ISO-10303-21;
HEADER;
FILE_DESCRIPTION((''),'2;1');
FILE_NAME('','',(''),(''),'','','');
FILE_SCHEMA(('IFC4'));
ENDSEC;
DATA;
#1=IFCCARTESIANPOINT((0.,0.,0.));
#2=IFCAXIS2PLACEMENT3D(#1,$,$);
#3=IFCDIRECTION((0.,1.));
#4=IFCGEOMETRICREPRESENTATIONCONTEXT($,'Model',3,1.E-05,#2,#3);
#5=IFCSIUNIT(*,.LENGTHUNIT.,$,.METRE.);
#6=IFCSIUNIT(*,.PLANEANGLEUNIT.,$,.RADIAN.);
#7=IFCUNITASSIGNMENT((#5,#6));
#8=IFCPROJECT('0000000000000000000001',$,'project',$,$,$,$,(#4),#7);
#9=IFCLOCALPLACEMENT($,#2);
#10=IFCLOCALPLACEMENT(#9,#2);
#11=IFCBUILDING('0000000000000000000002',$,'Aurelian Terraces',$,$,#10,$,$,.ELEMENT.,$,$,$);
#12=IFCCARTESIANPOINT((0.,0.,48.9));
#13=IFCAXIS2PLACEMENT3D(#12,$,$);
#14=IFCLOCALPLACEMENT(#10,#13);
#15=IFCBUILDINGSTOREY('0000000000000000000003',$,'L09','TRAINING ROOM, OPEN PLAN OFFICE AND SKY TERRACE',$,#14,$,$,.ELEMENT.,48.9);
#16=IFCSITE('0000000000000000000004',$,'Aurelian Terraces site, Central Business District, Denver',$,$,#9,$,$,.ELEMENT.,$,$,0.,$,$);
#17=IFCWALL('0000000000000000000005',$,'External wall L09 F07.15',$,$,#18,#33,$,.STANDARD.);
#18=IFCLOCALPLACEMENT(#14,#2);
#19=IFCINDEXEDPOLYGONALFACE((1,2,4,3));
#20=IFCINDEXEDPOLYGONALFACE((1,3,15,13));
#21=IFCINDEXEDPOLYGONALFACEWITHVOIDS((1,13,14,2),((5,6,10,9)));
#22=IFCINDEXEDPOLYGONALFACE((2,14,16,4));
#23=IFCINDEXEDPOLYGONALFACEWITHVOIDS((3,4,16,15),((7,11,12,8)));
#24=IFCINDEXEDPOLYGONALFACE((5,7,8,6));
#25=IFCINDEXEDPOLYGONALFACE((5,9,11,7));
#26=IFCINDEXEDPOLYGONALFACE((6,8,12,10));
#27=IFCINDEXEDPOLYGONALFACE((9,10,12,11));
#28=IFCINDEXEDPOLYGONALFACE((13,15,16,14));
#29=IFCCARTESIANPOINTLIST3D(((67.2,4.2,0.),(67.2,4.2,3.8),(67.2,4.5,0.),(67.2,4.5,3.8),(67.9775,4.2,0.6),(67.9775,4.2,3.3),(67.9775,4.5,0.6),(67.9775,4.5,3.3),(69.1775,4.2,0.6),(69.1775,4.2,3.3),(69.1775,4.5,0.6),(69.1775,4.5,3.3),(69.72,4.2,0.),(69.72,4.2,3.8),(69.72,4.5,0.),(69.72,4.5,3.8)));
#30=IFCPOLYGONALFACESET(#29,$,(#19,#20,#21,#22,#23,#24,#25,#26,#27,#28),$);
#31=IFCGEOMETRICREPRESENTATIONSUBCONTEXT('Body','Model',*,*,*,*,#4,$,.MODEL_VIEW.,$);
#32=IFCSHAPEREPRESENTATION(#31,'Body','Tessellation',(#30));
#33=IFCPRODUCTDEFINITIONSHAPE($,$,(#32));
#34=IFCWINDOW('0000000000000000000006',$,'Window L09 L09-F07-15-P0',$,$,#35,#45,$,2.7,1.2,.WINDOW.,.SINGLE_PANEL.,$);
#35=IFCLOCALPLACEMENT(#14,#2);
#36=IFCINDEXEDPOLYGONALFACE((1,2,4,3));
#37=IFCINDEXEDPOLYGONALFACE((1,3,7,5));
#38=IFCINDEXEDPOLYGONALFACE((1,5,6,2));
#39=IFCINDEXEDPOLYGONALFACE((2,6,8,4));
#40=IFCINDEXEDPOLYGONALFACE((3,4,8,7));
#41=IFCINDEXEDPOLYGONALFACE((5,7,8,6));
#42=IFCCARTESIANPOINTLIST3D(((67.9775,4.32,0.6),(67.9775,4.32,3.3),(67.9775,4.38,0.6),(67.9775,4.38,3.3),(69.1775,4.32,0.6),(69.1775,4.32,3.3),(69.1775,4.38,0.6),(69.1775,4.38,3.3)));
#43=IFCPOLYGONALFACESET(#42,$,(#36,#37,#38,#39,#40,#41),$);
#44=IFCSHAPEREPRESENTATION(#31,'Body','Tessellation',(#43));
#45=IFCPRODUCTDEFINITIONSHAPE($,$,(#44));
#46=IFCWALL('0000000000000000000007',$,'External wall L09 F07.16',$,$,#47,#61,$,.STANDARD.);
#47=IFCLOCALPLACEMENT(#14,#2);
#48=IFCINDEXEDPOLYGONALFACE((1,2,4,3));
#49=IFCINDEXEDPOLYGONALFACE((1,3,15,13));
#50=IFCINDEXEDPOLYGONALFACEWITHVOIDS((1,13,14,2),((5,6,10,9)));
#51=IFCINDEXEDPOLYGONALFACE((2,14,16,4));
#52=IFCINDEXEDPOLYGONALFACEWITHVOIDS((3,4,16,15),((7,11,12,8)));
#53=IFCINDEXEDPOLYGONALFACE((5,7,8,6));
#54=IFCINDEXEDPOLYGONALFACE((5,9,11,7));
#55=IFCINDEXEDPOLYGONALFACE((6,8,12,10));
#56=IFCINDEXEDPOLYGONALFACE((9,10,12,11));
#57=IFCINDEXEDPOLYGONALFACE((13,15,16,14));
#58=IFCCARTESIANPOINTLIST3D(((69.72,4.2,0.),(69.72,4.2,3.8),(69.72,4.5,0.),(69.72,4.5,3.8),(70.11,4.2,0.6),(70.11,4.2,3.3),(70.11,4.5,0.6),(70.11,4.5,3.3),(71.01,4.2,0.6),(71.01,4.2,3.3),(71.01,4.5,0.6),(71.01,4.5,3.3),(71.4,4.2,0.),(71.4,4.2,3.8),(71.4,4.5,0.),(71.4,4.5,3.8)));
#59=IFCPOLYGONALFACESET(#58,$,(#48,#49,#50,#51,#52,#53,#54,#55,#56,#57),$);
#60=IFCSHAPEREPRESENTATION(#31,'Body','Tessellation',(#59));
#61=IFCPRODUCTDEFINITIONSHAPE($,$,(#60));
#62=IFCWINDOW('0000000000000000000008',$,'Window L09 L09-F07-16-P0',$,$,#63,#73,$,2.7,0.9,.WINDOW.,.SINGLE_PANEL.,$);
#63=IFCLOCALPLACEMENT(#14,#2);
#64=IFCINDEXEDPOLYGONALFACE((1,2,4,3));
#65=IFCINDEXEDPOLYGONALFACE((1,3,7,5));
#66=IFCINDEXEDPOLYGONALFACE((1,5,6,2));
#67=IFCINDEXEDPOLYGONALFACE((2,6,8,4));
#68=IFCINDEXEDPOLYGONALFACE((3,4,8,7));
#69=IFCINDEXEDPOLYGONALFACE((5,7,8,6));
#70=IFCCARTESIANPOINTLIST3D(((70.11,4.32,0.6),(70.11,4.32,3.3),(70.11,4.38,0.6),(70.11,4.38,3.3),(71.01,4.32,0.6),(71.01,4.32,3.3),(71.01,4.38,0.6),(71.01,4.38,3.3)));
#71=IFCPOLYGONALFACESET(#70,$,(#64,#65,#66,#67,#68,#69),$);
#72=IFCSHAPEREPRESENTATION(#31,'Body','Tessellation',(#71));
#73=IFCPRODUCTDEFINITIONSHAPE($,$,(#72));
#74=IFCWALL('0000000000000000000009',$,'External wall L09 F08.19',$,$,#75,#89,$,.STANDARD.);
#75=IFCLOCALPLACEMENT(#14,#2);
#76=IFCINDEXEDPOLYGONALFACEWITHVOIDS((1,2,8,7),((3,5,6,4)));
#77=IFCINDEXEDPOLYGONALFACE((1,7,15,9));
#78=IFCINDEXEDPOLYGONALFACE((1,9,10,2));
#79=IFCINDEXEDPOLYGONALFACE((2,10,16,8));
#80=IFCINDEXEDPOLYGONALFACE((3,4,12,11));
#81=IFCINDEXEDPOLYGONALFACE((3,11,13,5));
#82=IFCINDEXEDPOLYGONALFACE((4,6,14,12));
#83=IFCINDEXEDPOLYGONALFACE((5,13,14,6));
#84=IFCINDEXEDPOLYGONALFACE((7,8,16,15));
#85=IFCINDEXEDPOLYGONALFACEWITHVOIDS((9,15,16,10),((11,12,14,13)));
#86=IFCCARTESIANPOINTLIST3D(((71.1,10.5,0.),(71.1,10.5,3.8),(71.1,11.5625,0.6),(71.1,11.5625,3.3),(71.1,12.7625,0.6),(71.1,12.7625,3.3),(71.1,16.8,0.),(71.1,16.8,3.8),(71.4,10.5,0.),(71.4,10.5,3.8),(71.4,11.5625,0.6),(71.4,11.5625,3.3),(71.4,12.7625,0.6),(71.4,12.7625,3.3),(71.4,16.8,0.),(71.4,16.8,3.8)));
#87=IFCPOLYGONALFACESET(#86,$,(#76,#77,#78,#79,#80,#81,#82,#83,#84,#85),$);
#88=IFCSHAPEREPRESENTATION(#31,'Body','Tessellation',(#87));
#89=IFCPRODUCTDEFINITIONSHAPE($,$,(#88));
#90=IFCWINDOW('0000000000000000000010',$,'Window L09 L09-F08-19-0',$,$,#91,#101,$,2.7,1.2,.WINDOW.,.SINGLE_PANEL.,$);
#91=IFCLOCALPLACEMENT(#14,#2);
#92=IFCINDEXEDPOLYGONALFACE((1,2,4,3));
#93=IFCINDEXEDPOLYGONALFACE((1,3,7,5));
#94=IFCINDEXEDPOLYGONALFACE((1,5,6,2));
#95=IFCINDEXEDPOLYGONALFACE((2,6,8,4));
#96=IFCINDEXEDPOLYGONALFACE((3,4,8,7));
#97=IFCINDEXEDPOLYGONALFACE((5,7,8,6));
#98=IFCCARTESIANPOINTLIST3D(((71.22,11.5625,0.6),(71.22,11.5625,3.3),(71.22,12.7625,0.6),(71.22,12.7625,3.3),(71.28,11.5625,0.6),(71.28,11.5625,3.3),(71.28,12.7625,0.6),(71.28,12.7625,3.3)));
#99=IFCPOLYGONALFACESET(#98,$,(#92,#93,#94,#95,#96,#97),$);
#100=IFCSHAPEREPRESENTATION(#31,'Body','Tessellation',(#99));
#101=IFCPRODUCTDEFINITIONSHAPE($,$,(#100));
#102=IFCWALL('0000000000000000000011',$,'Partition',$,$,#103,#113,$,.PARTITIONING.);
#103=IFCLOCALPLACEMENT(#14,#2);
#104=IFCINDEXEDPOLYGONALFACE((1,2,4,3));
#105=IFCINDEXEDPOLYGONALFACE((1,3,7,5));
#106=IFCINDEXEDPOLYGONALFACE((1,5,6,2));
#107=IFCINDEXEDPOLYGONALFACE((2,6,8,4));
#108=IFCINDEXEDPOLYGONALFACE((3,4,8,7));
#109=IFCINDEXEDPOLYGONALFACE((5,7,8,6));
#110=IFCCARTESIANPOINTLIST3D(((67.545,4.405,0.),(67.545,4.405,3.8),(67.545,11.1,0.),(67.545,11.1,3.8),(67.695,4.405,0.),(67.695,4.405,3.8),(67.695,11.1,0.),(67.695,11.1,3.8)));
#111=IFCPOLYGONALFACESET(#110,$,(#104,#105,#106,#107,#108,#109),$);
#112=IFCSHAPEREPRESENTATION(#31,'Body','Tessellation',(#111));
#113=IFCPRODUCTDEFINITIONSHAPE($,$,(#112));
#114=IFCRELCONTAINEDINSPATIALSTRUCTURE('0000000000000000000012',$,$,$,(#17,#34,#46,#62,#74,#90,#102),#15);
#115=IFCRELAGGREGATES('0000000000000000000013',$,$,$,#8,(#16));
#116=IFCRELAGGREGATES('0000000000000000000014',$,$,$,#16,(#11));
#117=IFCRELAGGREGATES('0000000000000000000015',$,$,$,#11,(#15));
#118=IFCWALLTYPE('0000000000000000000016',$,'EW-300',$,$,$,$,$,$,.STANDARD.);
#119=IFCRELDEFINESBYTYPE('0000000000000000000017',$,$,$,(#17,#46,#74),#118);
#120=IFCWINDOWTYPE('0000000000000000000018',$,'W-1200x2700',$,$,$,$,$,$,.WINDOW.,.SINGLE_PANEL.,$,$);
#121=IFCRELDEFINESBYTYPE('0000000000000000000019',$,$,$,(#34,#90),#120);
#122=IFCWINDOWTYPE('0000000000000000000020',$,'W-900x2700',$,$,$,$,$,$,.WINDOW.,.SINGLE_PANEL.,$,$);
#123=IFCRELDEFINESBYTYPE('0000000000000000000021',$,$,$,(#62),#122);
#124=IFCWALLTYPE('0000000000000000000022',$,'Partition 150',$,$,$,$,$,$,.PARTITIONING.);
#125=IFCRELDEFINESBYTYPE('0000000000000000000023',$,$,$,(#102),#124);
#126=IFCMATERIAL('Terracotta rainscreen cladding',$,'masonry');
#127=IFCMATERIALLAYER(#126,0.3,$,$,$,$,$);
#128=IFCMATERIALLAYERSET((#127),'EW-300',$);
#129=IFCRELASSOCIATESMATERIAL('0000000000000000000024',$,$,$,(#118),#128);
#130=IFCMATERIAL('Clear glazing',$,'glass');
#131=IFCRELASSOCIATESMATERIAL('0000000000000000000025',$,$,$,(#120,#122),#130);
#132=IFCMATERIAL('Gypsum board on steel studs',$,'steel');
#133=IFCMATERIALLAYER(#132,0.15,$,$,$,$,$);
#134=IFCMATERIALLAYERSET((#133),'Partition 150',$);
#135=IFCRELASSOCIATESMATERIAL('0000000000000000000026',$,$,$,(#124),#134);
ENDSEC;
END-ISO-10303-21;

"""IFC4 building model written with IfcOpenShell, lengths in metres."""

from ifc_helpers import new_model, si_unit, direction, frame, frame_2d, origin, place, context, subcontext, project, spatial, rectangle, extrude, source, transform, mapped, material, layer, layer_set, type_object, element, fill, save


model = new_model("IFC4")

# Units and contexts
model_context = context("Model", 3, precision=1e-05, world=origin(), true_north=direction((0.0, 1.0)))
body_context = subcontext(model_context, "Body", "Model", "MODEL_VIEW")
ifc_project = project(units=[si_unit("LENGTHUNIT", "METRE"), si_unit("PLANEANGLEUNIT", "RADIAN")], contexts=[model_context])

# Site, building, storey
site_placement = place(None, origin())
site = spatial("IfcSite", under=ifc_project, at=site_placement, Name="Aurelian Terraces site, Central Business District, Denver", CompositionType="ELEMENT", RefElevation=0.0)
building_placement = place(site_placement, origin())
building = spatial("IfcBuilding", under=site, at=building_placement, Name="Aurelian Terraces", CompositionType="ELEMENT")
storey_placement = place(building_placement, frame((0.0, 0.0, 48.9)))
storey = spatial("IfcBuildingStorey", under=building, at=storey_placement, Name="L09", Description="TRAINING ROOM, OPEN PLAN OFFICE AND SKY TERRACE", CompositionType="ELEMENT", Elevation=48.9)

# Shared definitions
ifc_material_1 = material(Name="Terracotta rainscreen cladding", Category="masonry")
ifc_layer_1 = layer(ifc_material_1, 0.3)
ifc_layer_set_1 = layer_set([ifc_layer_1], Name="EW-300")
wall_type_1 = type_object("IfcWallType", Name="EW-300", PredefinedType="STANDARD", material=ifc_layer_set_1)
ifc_material_2 = material(Name="Clear glazing", Category="glass")

# Walls, openings, windows
shared_shape_1 = source(origin(), body_context, "Body", "SweptSolid", [
    extrude(rectangle(XDim=2.52, YDim=0.3, at=frame_2d((1.26, 0.0))), origin(), (0.0, 0.0, 1.0), 3.8),
])
wall_1_placement = place(storey_placement, frame((67.2, 4.35, 0.0), z_axis=(0.0, 0.0, 1.0), x_axis=(1.0, 0.0, 0.0)))
wall_1 = element("IfcWall", 1, at=wall_1_placement, inside=storey, type_object=wall_type_1, Name="External wall L09 F07.15", PredefinedType="STANDARD", context=body_context, shape_type="MappedRepresentation", body=[
    mapped(shared_shape_1, transform((0.0, 0.0, 0.0), scale=1.0)),
])
shared_shape_2 = source(origin(), body_context, "Body", "SweptSolid", [
    extrude(rectangle(XDim=1.2, YDim=2.7, at=frame_2d((0.6, 1.35))), frame((0.0, 0.16, 0.0), z_axis=(0.0, -1.0, 0.0), x_axis=(1.0, 0.0, 0.0)), (0.0, 0.0, 1.0), 0.32),
])
opening_1_placement = place(wall_1_placement, frame((0.7775, 0.0, 0.6)))
opening_1 = element("IfcOpeningElement", 2, at=opening_1_placement, cuts=wall_1, PredefinedType="OPENING", context=body_context, shape_type="MappedRepresentation", body=[
    mapped(shared_shape_2, transform((0.0, 0.0, 0.0), scale=1.0)),
])
window_type_1 = type_object("IfcWindowType", Name="W-1200x2700", PartitioningType="SINGLE_PANEL", PredefinedType="WINDOW", material=ifc_material_2)
shared_shape_3 = source(origin(), body_context, "Body", "SweptSolid", [
    extrude(rectangle(XDim=1.2, YDim=2.7, at=frame_2d((0.6, 1.35))), frame((0.0, 0.03, 0.0), z_axis=(0.0, -1.0, 0.0), x_axis=(1.0, 0.0, 0.0)), (0.0, 0.0, 1.0), 0.06),
])
window_1_placement = place(opening_1_placement, origin())
window_1 = element("IfcWindow", 3, at=window_1_placement, inside=storey, type_object=window_type_1, Name="Window L09 L09-F07-15-P0", OverallHeight=2.7, OverallWidth=1.2, PartitioningType="SINGLE_PANEL", PredefinedType="WINDOW", context=body_context, shape_type="MappedRepresentation", body=[
    mapped(shared_shape_3, transform((0.0, 0.0, 0.0), scale=1.0)),
])
fill(opening_1, window_1)
shared_shape_4 = source(origin(), body_context, "Body", "SweptSolid", [
    extrude(rectangle(XDim=1.68, YDim=0.3, at=frame_2d((0.84, 0.0))), origin(), (0.0, 0.0, 1.0), 3.8),
])
wall_2_placement = place(storey_placement, frame((69.72, 4.35, 0.0), z_axis=(0.0, 0.0, 1.0), x_axis=(1.0, 0.0, 0.0)))
wall_2 = element("IfcWall", 4, at=wall_2_placement, inside=storey, type_object=wall_type_1, Name="External wall L09 F07.16", PredefinedType="STANDARD", context=body_context, shape_type="MappedRepresentation", body=[
    mapped(shared_shape_4, transform((0.0, 0.0, 0.0), scale=1.0)),
])
shared_shape_5 = source(origin(), body_context, "Body", "SweptSolid", [
    extrude(rectangle(XDim=0.9, YDim=2.7, at=frame_2d((0.45, 1.35))), frame((0.0, 0.16, 0.0), z_axis=(0.0, -1.0, 0.0), x_axis=(1.0, 0.0, 0.0)), (0.0, 0.0, 1.0), 0.32),
])
opening_2_placement = place(wall_2_placement, frame((0.39, 0.0, 0.6)))
opening_2 = element("IfcOpeningElement", 5, at=opening_2_placement, cuts=wall_2, PredefinedType="OPENING", context=body_context, shape_type="MappedRepresentation", body=[
    mapped(shared_shape_5, transform((0.0, 0.0, 0.0), scale=1.0)),
])
window_type_2 = type_object("IfcWindowType", Name="W-900x2700", PartitioningType="SINGLE_PANEL", PredefinedType="WINDOW", material=ifc_material_2)
shared_shape_6 = source(origin(), body_context, "Body", "SweptSolid", [
    extrude(rectangle(XDim=0.9, YDim=2.7, at=frame_2d((0.45, 1.35))), frame((0.0, 0.03, 0.0), z_axis=(0.0, -1.0, 0.0), x_axis=(1.0, 0.0, 0.0)), (0.0, 0.0, 1.0), 0.06),
])
window_2_placement = place(opening_2_placement, origin())
window_2 = element("IfcWindow", 6, at=window_2_placement, inside=storey, type_object=window_type_2, Name="Window L09 L09-F07-16-P0", OverallHeight=2.7, OverallWidth=0.9, PartitioningType="SINGLE_PANEL", PredefinedType="WINDOW", context=body_context, shape_type="MappedRepresentation", body=[
    mapped(shared_shape_6, transform((0.0, 0.0, 0.0), scale=1.0)),
])
fill(opening_2, window_2)
shared_shape_7 = source(origin(), body_context, "Body", "SweptSolid", [
    extrude(rectangle(XDim=6.3, YDim=0.3, at=frame_2d((3.15, 0.0))), origin(), (0.0, 0.0, 1.0), 3.8),
])
wall_3_placement = place(storey_placement, frame((71.25, 10.5, 0.0), z_axis=(0.0, 0.0, 1.0), x_axis=(0.0, 1.0, 0.0)))
wall_3 = element("IfcWall", 7, at=wall_3_placement, inside=storey, type_object=wall_type_1, Name="External wall L09 F08.19", PredefinedType="STANDARD", context=body_context, shape_type="MappedRepresentation", body=[
    mapped(shared_shape_7, transform((0.0, 0.0, 0.0), scale=1.0)),
])
opening_3_placement = place(wall_3_placement, frame((1.0625, 0.0, 0.6)))
opening_3 = element("IfcOpeningElement", 8, at=opening_3_placement, cuts=wall_3, PredefinedType="OPENING", context=body_context, shape_type="MappedRepresentation", body=[
    mapped(shared_shape_2, transform((0.0, 0.0, 0.0), scale=1.0)),
])
window_3_placement = place(opening_3_placement, origin())
window_3 = element("IfcWindow", 9, at=window_3_placement, inside=storey, type_object=window_type_1, Name="Window L09 L09-F08-19-0", OverallHeight=2.7, OverallWidth=1.2, PartitioningType="SINGLE_PANEL", PredefinedType="WINDOW", context=body_context, shape_type="MappedRepresentation", body=[
    mapped(shared_shape_3, transform((0.0, 0.0, 0.0), scale=1.0)),
])
fill(opening_3, window_3)

# Wall
ifc_material_3 = material(Name="Gypsum board on steel studs", Category="steel")
ifc_layer_2 = layer(ifc_material_3, 0.15)
ifc_layer_set_2 = layer_set([ifc_layer_2], Name="Partition 150")
wall_type_2 = type_object("IfcWallType", Name="Partition 150", PredefinedType="PARTITIONING", material=ifc_layer_set_2)
shared_shape_8 = source(origin(), body_context, "Body", "SweptSolid", [
    extrude(rectangle(XDim=6.695, YDim=0.15, at=frame_2d((3.3475, 0.0))), origin(), (0.0, 0.0, 1.0), 3.8),
])
wall_4_placement = place(storey_placement, frame((67.62, 4.405, 0.0), z_axis=(0.0, 0.0, 1.0), x_axis=(0.0, 1.0, 0.0)))
element("IfcWall", 10, at=wall_4_placement, inside=storey, type_object=wall_type_2, Name="Partition", PredefinedType="PARTITIONING", context=body_context, shape_type="MappedRepresentation", body=[
    mapped(shared_shape_8, transform((0.0, 0.0, 0.0), scale=1.0)),
])

save(model, "model.ifc")
